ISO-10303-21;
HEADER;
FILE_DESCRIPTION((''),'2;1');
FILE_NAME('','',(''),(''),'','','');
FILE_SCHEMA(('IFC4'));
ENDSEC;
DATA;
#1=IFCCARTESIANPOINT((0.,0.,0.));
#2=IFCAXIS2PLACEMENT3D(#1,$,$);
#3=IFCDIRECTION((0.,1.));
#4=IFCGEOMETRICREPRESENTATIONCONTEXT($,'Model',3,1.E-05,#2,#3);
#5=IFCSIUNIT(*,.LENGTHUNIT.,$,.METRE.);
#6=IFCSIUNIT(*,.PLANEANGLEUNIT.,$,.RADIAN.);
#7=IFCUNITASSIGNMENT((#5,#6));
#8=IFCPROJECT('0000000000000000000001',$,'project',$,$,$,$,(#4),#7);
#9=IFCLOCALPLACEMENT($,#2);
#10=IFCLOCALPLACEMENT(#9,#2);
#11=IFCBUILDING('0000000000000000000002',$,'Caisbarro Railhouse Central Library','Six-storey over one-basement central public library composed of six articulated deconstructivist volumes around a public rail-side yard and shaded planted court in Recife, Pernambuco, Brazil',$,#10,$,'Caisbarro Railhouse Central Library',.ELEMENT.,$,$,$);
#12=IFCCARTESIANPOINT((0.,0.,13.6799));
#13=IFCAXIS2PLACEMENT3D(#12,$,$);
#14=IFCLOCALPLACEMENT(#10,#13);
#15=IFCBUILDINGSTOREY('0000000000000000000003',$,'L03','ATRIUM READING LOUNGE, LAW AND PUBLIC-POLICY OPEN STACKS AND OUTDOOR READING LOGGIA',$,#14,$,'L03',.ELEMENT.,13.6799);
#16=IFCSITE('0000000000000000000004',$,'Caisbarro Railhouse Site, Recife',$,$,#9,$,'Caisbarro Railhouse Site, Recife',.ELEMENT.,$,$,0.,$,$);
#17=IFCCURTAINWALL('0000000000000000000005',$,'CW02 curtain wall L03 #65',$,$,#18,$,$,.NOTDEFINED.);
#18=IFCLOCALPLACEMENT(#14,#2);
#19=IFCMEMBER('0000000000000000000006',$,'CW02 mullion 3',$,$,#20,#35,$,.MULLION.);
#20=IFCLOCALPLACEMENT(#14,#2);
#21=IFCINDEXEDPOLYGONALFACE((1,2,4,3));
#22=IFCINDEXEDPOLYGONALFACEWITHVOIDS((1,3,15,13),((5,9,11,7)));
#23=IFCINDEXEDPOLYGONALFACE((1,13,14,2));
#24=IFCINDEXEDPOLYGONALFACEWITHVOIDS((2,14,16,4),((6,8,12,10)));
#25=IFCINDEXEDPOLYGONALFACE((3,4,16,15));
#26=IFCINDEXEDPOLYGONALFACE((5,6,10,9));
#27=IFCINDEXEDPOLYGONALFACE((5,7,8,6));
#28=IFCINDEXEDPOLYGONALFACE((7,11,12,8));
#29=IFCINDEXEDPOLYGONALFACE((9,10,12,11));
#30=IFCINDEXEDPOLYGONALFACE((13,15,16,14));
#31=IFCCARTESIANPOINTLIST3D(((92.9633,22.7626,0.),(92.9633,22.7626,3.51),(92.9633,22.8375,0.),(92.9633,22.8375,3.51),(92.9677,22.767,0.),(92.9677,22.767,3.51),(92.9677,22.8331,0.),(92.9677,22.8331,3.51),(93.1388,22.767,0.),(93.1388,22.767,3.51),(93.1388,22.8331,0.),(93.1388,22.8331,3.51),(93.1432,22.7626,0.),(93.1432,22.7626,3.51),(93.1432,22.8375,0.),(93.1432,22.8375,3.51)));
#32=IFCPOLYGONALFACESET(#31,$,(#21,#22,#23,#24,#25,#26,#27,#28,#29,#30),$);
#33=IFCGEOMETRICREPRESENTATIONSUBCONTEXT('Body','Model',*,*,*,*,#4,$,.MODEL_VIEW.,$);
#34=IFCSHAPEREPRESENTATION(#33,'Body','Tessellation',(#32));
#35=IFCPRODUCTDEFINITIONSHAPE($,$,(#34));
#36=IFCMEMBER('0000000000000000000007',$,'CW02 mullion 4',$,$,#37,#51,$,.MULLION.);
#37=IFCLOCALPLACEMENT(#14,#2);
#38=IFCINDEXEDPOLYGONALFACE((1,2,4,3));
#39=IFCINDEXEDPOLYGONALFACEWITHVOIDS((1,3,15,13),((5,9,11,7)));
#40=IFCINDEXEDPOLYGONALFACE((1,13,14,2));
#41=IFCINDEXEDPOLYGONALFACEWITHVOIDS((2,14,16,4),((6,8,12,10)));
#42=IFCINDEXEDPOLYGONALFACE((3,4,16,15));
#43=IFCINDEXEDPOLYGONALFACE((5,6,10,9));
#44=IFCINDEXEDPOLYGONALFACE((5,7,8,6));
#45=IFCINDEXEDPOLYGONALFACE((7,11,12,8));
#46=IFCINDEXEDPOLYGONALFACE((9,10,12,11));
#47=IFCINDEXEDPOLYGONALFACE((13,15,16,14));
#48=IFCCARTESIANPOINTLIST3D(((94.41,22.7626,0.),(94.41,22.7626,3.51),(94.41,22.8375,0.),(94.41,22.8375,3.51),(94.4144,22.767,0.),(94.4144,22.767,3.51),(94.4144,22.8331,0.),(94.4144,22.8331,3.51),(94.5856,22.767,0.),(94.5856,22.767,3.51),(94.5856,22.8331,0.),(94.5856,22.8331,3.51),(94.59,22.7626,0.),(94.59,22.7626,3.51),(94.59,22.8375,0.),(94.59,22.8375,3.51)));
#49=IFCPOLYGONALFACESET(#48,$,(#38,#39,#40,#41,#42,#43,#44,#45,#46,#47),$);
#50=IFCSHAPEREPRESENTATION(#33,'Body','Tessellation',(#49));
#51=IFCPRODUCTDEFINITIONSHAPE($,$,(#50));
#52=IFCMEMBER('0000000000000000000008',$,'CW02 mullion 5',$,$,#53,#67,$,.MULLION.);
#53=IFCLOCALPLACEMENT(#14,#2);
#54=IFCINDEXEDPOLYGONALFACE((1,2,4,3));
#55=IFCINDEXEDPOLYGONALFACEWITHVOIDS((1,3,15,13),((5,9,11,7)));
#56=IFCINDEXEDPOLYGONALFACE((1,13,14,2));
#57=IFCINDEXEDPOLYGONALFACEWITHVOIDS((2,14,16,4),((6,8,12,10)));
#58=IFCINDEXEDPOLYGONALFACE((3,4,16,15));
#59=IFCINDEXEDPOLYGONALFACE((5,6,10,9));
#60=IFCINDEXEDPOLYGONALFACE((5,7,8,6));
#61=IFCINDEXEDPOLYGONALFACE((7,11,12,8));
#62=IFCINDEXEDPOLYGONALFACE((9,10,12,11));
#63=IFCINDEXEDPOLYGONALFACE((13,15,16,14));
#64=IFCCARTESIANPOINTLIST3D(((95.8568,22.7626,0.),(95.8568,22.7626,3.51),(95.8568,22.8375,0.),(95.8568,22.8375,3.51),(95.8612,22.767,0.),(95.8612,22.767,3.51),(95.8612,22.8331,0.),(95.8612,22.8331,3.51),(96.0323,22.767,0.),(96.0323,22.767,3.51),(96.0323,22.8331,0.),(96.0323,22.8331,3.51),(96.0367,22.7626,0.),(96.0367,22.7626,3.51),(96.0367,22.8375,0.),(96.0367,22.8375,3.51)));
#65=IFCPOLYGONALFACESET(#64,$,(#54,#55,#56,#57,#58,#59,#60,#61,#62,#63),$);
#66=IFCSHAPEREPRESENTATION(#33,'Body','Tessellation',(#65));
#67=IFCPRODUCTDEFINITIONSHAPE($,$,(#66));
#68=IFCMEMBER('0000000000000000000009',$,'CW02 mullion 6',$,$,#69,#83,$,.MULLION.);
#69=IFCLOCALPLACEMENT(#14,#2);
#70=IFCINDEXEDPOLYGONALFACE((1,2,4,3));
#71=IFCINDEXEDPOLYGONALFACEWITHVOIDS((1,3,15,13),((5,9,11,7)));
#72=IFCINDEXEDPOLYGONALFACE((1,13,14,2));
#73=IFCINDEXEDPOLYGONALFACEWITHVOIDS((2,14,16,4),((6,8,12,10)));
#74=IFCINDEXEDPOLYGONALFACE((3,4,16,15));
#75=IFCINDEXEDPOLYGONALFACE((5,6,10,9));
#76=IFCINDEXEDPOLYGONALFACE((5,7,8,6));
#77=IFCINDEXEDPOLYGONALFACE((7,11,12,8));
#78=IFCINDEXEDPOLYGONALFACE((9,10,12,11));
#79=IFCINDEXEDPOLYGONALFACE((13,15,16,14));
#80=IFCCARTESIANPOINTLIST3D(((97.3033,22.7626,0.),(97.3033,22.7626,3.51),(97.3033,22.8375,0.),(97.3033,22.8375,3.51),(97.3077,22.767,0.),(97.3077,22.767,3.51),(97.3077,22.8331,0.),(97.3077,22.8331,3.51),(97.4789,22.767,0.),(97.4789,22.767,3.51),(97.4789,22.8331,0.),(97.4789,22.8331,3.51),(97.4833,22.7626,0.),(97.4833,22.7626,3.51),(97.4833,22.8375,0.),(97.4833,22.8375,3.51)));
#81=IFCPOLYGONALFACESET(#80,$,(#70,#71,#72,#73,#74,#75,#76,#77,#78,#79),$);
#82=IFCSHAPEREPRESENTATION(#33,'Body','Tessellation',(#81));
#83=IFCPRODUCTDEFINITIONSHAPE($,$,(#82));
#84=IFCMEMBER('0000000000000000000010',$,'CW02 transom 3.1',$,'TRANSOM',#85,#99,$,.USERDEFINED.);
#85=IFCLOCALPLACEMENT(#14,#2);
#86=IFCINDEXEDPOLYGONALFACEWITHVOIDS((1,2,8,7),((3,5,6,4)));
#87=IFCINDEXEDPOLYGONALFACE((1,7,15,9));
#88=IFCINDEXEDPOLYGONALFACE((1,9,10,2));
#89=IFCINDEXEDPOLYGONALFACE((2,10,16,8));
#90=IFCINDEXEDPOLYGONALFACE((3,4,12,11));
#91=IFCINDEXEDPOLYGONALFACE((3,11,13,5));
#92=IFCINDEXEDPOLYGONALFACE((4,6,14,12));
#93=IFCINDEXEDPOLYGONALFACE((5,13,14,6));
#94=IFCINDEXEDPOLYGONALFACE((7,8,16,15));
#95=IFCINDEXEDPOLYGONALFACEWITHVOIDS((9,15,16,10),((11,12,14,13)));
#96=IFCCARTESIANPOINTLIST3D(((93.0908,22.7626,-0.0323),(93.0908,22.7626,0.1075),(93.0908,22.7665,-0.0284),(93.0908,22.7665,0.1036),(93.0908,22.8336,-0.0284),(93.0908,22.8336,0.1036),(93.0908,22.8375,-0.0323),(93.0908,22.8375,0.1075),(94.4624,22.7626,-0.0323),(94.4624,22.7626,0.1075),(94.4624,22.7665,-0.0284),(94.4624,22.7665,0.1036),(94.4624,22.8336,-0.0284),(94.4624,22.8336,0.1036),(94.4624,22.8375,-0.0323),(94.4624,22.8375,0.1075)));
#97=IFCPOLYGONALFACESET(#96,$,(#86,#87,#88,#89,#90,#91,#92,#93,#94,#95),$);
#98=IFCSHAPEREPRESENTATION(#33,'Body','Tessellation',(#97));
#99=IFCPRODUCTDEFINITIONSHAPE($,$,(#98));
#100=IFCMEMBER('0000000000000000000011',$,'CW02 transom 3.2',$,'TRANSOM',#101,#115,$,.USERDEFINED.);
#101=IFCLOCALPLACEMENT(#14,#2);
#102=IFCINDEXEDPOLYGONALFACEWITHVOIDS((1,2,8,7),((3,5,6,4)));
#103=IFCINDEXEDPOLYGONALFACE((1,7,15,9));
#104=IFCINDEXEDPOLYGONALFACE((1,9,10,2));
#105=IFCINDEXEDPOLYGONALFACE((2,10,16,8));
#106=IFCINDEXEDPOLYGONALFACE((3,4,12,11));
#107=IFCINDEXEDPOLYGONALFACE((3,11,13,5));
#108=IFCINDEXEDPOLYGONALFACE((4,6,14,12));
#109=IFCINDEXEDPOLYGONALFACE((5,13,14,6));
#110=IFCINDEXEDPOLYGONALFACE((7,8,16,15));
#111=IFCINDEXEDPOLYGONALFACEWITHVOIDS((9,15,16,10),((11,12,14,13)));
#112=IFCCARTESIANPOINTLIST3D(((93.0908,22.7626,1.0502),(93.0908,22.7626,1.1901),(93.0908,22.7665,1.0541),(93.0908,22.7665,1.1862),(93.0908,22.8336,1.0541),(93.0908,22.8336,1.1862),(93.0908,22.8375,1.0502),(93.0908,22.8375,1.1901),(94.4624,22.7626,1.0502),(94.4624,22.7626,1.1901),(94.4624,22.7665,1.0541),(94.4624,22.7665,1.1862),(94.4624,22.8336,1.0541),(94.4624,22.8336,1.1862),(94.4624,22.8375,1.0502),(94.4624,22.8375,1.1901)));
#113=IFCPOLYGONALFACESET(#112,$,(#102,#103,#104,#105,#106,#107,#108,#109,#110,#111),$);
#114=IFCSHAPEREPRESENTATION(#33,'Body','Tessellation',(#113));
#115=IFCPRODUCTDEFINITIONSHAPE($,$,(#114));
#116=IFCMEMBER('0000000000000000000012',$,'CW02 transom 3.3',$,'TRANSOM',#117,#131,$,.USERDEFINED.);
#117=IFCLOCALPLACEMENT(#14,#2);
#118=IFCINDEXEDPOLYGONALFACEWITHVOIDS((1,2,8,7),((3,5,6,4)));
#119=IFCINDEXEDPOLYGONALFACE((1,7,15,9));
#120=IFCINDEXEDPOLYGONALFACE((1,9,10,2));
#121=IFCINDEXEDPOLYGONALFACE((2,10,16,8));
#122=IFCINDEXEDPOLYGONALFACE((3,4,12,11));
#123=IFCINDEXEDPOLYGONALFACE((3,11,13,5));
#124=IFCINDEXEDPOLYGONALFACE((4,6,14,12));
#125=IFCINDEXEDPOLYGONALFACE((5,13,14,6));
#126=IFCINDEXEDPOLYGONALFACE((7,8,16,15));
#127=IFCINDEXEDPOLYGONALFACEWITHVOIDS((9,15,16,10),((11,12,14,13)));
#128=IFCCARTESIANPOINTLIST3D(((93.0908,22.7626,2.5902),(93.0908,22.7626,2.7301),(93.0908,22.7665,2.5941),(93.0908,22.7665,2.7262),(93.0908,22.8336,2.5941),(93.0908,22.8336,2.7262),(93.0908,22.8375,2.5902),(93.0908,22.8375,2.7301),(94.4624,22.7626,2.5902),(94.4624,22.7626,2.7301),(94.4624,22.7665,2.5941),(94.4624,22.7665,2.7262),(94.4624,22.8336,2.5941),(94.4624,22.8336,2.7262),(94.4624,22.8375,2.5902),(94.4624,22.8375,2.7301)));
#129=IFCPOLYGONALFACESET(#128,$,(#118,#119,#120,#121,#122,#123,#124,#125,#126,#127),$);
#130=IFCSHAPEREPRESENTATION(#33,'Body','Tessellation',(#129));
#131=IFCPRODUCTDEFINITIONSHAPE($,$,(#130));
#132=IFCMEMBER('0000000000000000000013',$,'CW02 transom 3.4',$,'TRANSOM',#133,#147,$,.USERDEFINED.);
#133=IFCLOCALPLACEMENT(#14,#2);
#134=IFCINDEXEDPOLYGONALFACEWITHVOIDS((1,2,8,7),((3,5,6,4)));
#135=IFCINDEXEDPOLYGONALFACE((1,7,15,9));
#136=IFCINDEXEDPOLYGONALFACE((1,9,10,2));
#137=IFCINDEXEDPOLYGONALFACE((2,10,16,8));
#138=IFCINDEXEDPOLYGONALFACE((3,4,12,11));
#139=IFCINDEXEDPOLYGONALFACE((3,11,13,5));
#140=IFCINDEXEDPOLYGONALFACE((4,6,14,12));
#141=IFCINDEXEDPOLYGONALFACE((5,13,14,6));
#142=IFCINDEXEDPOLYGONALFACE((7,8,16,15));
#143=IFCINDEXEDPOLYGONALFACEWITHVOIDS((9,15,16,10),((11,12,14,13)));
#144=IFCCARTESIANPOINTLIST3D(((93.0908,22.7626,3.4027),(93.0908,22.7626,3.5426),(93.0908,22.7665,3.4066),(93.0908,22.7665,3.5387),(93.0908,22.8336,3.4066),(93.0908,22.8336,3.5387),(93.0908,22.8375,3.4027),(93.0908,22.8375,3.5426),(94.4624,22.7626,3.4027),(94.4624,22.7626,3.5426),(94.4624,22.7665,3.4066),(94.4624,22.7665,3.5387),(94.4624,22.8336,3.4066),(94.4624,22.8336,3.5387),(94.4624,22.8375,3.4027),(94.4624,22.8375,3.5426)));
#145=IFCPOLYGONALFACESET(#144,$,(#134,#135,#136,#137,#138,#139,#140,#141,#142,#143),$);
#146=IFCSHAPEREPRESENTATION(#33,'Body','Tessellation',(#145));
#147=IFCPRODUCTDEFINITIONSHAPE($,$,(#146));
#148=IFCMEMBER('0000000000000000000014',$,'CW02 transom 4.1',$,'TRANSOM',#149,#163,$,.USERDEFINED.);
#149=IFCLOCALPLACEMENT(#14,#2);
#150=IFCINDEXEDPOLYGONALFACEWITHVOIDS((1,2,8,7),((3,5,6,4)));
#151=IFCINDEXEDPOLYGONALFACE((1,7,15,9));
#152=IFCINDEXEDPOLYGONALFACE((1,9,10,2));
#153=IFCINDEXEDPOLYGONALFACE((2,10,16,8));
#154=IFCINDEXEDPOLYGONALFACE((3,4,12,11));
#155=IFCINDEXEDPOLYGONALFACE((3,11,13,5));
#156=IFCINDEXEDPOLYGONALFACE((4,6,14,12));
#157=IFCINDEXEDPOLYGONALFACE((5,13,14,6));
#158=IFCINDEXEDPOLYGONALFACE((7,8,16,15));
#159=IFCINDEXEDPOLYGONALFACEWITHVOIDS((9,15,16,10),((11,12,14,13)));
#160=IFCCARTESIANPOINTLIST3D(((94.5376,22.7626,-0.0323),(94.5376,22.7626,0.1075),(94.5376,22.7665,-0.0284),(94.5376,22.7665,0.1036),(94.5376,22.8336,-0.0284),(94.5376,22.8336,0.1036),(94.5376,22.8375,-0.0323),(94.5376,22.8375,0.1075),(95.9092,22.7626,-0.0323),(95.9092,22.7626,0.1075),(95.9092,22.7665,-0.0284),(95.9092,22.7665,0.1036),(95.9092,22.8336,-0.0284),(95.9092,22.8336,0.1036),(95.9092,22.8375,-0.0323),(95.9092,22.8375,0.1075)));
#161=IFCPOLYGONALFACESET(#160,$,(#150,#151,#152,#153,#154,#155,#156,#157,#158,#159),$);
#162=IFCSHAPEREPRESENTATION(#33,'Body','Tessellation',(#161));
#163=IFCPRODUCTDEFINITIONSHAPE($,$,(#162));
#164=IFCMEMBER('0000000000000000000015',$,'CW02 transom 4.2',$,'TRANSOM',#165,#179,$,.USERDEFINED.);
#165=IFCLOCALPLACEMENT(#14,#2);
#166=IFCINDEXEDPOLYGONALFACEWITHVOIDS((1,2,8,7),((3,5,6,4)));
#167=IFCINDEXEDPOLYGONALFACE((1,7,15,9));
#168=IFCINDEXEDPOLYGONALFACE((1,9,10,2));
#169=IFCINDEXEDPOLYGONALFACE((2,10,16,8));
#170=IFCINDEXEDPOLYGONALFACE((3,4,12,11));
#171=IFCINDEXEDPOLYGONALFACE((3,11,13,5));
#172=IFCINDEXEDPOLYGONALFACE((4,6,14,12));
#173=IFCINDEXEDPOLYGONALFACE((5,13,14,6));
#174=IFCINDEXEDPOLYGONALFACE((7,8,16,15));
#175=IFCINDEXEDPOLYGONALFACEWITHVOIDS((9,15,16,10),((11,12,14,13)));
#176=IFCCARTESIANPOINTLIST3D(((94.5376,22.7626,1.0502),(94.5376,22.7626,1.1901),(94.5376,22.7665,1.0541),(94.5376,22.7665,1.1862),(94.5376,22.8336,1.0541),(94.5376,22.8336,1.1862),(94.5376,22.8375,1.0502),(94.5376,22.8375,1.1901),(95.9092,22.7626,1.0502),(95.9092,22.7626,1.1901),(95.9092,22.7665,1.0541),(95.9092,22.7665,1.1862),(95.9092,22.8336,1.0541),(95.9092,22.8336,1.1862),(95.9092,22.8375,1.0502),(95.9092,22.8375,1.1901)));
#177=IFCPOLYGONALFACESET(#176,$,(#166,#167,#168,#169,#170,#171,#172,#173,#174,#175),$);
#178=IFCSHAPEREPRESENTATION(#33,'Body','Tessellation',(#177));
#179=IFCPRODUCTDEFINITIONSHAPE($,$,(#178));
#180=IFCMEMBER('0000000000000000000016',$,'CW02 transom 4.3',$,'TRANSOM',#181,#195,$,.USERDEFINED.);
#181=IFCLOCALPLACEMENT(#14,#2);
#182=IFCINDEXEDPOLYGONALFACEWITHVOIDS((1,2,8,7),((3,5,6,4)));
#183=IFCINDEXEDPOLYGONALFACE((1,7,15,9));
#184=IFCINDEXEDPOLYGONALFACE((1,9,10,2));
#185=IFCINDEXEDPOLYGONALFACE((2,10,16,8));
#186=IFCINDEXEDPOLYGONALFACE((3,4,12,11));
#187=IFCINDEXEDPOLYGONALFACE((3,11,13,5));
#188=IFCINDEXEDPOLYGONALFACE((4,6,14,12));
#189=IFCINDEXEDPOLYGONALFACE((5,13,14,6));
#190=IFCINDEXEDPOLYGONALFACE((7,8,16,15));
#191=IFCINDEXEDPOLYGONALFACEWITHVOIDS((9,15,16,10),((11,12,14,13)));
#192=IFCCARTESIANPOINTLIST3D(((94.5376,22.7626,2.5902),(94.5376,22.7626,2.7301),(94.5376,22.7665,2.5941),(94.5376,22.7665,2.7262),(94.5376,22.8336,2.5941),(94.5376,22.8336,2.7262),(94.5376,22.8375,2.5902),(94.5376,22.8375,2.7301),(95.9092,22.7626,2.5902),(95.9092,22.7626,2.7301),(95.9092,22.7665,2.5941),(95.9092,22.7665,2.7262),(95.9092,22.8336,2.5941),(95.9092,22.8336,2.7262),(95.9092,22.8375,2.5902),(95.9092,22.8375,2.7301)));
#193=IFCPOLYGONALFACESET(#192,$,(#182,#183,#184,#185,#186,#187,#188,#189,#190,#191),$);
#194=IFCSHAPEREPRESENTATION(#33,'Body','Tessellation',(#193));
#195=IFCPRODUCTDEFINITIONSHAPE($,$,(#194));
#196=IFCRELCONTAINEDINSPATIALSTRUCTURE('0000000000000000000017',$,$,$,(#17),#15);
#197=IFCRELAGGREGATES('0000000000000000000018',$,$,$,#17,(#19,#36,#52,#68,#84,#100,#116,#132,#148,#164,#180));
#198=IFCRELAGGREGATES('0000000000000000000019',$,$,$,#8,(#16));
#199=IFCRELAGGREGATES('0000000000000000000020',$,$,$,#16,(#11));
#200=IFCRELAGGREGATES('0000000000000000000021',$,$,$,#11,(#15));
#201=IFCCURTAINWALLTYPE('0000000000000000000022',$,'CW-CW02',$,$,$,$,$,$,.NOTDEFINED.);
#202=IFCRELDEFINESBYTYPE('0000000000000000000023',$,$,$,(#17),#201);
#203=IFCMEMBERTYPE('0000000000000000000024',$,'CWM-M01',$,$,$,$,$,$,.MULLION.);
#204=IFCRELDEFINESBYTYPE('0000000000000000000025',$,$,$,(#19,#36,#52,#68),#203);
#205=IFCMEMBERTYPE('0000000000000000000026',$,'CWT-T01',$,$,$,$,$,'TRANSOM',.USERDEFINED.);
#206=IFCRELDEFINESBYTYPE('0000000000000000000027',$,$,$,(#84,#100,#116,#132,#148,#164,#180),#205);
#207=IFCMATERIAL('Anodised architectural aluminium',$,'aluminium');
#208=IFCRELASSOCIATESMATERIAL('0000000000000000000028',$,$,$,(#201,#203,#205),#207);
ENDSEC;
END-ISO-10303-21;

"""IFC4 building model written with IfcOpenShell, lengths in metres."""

from ifc_helpers import new_model, si_unit, direction, frame, origin, origin_2d, place, context, subcontext, project, spatial, hollow_rectangle, extrude, material, material_profile, profile_set, type_object, element, aggregate, save


model = new_model("IFC4")

# Units and contexts
model_context = context("Model", 3, precision=1e-05, world=origin(), true_north=direction((0.0, 1.0)))
body_context = subcontext(model_context, "Body", "Model", "MODEL_VIEW")
ifc_project = project(units=[si_unit("LENGTHUNIT", "METRE"), si_unit("PLANEANGLEUNIT", "RADIAN")], contexts=[model_context])

# Site, building, storey
site_placement = place(None, origin())
site = spatial("IfcSite", under=ifc_project, at=site_placement, Name="Caisbarro Railhouse Site, Recife", LongName="Caisbarro Railhouse Site, Recife", CompositionType="ELEMENT", RefElevation=0.0)
building_placement = place(site_placement, origin())
building = spatial("IfcBuilding", under=site, at=building_placement, Name="Caisbarro Railhouse Central Library", Description="Six-storey over one-basement central public library composed of six articulated deconstructivist volumes around a public rail-side yard and shaded planted court in Recife, Pernambuco, Brazil", LongName="Caisbarro Railhouse Central Library", CompositionType="ELEMENT")
storey_placement = place(building_placement, frame((0.0, 0.0, 13.6799)))
storey = spatial("IfcBuildingStorey", under=building, at=storey_placement, Name="L03", Description="ATRIUM READING LOUNGE, LAW AND PUBLIC-POLICY OPEN STACKS AND OUTDOOR READING LOGGIA", LongName="L03", CompositionType="ELEMENT", Elevation=13.6799)

# Curtain wall, members
ifc_material_1 = material(Name="Anodised architectural aluminium", Category="aluminium")
curtain_wall_type = type_object("IfcCurtainWallType", Name="CW-CW02", PredefinedType="NOTDEFINED", material=ifc_material_1)
curtain_wall_placement = place(storey_placement, origin())
curtain_wall = element("IfcCurtainWall", 1, at=curtain_wall_placement, inside=storey, type_object=curtain_wall_type, Name="CW02 curtain wall L03 #65", PredefinedType="NOTDEFINED")
ifc_material_profile_1 = material_profile(ifc_material_1, hollow_rectangle(XDim=0.075, YDim=0.1799, WallThickness=0.0044, at=origin_2d()), Name="ALU-MUL-75X180")
ifc_profile_set_1 = profile_set([ifc_material_profile_1], Name="Anodised architectural aluminium")
member_type_1 = type_object("IfcMemberType", Name="CWM-M01", PredefinedType="MULLION", material=ifc_profile_set_1)
member_1_placement = place(storey_placement, frame((93.0532, 22.8, 0.0), z_axis=(0.0, 0.0, 1.0), x_axis=(0.0, 1.0, 0.0)))
member_1 = element("IfcMember", 2, at=member_1_placement, type_object=member_type_1, Name="CW02 mullion 3", PredefinedType="MULLION", context=body_context, shape_type="SweptSolid", body=[
    extrude(hollow_rectangle(XDim=0.075, YDim=0.1799, WallThickness=0.0044, at=origin_2d()), origin(), (0.0, 0.0, 1.0), 3.51),
])
member_2_placement = place(storey_placement, frame((94.5, 22.8, 0.0), z_axis=(0.0, 0.0, 1.0), x_axis=(0.0, 1.0, 0.0)))
member_2 = element("IfcMember", 3, at=member_2_placement, type_object=member_type_1, Name="CW02 mullion 4", PredefinedType="MULLION", context=body_context, shape_type="SweptSolid", body=[
    extrude(hollow_rectangle(XDim=0.075, YDim=0.1799, WallThickness=0.0044, at=origin_2d()), origin(), (0.0, 0.0, 1.0), 3.51),
])
member_3_placement = place(storey_placement, frame((95.9468, 22.8, 0.0), z_axis=(0.0, 0.0, 1.0), x_axis=(0.0, 1.0, 0.0)))
member_3 = element("IfcMember", 4, at=member_3_placement, type_object=member_type_1, Name="CW02 mullion 5", PredefinedType="MULLION", context=body_context, shape_type="SweptSolid", body=[
    extrude(hollow_rectangle(XDim=0.075, YDim=0.1799, WallThickness=0.0044, at=origin_2d()), origin(), (0.0, 0.0, 1.0), 3.51),
])
member_4_placement = place(storey_placement, frame((97.3933, 22.8, 0.0), z_axis=(0.0, 0.0, 1.0), x_axis=(0.0, 1.0, 0.0)))
member_4 = element("IfcMember", 5, at=member_4_placement, type_object=member_type_1, Name="CW02 mullion 6", PredefinedType="MULLION", context=body_context, shape_type="SweptSolid", body=[
    extrude(hollow_rectangle(XDim=0.075, YDim=0.1799, WallThickness=0.0044, at=origin_2d()), origin(), (0.0, 0.0, 1.0), 3.51),
])
ifc_material_profile_2 = material_profile(ifc_material_1, hollow_rectangle(XDim=0.075, YDim=0.1399, WallThickness=0.0039, at=origin_2d()), Name="ALU-TRN-75X140")
ifc_profile_set_2 = profile_set([ifc_material_profile_2], Name="Anodised architectural aluminium")
member_type_2 = type_object("IfcMemberType", Name="CWT-T01", ElementType="TRANSOM", PredefinedType="USERDEFINED", material=ifc_profile_set_2)
member_5_placement = place(storey_placement, frame((93.0908, 22.8, 0.0376), z_axis=(1.0, 0.0, 0.0), x_axis=(0.0, 1.0, 0.0)))
member_5 = element("IfcMember", 6, at=member_5_placement, type_object=member_type_2, Name="CW02 transom 3.1", ObjectType="TRANSOM", PredefinedType="USERDEFINED", context=body_context, shape_type="SweptSolid", body=[
    extrude(hollow_rectangle(XDim=0.075, YDim=0.1399, WallThickness=0.0039, at=origin_2d()), origin(), (0.0, 0.0, 1.0), 1.3716),
])
member_6_placement = place(storey_placement, frame((93.0908, 22.8, 1.1201), z_axis=(1.0, 0.0, 0.0), x_axis=(0.0, 1.0, 0.0)))
member_6 = element("IfcMember", 7, at=member_6_placement, type_object=member_type_2, Name="CW02 transom 3.2", ObjectType="TRANSOM", PredefinedType="USERDEFINED", context=body_context, shape_type="SweptSolid", body=[
    extrude(hollow_rectangle(XDim=0.075, YDim=0.1399, WallThickness=0.0039, at=origin_2d()), origin(), (0.0, 0.0, 1.0), 1.3716),
])
member_7_placement = place(storey_placement, frame((93.0908, 22.8, 2.6602), z_axis=(1.0, 0.0, 0.0), x_axis=(0.0, 1.0, 0.0)))
member_7 = element("IfcMember", 8, at=member_7_placement, type_object=member_type_2, Name="CW02 transom 3.3", ObjectType="TRANSOM", PredefinedType="USERDEFINED", context=body_context, shape_type="SweptSolid", body=[
    extrude(hollow_rectangle(XDim=0.075, YDim=0.1399, WallThickness=0.0039, at=origin_2d()), origin(), (0.0, 0.0, 1.0), 1.3716),
])
member_8_placement = place(storey_placement, frame((93.0908, 22.8, 3.4727), z_axis=(1.0, 0.0, 0.0), x_axis=(0.0, 1.0, 0.0)))
member_8 = element("IfcMember", 9, at=member_8_placement, type_object=member_type_2, Name="CW02 transom 3.4", ObjectType="TRANSOM", PredefinedType="USERDEFINED", context=body_context, shape_type="SweptSolid", body=[
    extrude(hollow_rectangle(XDim=0.075, YDim=0.1399, WallThickness=0.0039, at=origin_2d()), origin(), (0.0, 0.0, 1.0), 1.3716),
])
member_9_placement = place(storey_placement, frame((94.5376, 22.8, 0.0376), z_axis=(1.0, 0.0, 0.0), x_axis=(0.0, 1.0, 0.0)))
member_9 = element("IfcMember", 10, at=member_9_placement, type_object=member_type_2, Name="CW02 transom 4.1", ObjectType="TRANSOM", PredefinedType="USERDEFINED", context=body_context, shape_type="SweptSolid", body=[
    extrude(hollow_rectangle(XDim=0.075, YDim=0.1399, WallThickness=0.0039, at=origin_2d()), origin(), (0.0, 0.0, 1.0), 1.3716),
])
member_10_placement = place(storey_placement, frame((94.5376, 22.8, 1.1201), z_axis=(1.0, 0.0, 0.0), x_axis=(0.0, 1.0, 0.0)))
member_10 = element("IfcMember", 11, at=member_10_placement, type_object=member_type_2, Name="CW02 transom 4.2", ObjectType="TRANSOM", PredefinedType="USERDEFINED", context=body_context, shape_type="SweptSolid", body=[
    extrude(hollow_rectangle(XDim=0.075, YDim=0.1399, WallThickness=0.0039, at=origin_2d()), origin(), (0.0, 0.0, 1.0), 1.3716),
])
member_11_placement = place(storey_placement, frame((94.5376, 22.8, 2.6602), z_axis=(1.0, 0.0, 0.0), x_axis=(0.0, 1.0, 0.0)))
member_11 = element("IfcMember", 12, at=member_11_placement, type_object=member_type_2, Name="CW02 transom 4.3", ObjectType="TRANSOM", PredefinedType="USERDEFINED", context=body_context, shape_type="SweptSolid", body=[
    extrude(hollow_rectangle(XDim=0.075, YDim=0.1399, WallThickness=0.0039, at=origin_2d()), origin(), (0.0, 0.0, 1.0), 1.3716),
])
aggregate(curtain_wall, [member_1, member_2, member_3, member_4, member_5, member_6, member_7, member_8, member_9, member_10, member_11])

save(model, "model.ifc")
